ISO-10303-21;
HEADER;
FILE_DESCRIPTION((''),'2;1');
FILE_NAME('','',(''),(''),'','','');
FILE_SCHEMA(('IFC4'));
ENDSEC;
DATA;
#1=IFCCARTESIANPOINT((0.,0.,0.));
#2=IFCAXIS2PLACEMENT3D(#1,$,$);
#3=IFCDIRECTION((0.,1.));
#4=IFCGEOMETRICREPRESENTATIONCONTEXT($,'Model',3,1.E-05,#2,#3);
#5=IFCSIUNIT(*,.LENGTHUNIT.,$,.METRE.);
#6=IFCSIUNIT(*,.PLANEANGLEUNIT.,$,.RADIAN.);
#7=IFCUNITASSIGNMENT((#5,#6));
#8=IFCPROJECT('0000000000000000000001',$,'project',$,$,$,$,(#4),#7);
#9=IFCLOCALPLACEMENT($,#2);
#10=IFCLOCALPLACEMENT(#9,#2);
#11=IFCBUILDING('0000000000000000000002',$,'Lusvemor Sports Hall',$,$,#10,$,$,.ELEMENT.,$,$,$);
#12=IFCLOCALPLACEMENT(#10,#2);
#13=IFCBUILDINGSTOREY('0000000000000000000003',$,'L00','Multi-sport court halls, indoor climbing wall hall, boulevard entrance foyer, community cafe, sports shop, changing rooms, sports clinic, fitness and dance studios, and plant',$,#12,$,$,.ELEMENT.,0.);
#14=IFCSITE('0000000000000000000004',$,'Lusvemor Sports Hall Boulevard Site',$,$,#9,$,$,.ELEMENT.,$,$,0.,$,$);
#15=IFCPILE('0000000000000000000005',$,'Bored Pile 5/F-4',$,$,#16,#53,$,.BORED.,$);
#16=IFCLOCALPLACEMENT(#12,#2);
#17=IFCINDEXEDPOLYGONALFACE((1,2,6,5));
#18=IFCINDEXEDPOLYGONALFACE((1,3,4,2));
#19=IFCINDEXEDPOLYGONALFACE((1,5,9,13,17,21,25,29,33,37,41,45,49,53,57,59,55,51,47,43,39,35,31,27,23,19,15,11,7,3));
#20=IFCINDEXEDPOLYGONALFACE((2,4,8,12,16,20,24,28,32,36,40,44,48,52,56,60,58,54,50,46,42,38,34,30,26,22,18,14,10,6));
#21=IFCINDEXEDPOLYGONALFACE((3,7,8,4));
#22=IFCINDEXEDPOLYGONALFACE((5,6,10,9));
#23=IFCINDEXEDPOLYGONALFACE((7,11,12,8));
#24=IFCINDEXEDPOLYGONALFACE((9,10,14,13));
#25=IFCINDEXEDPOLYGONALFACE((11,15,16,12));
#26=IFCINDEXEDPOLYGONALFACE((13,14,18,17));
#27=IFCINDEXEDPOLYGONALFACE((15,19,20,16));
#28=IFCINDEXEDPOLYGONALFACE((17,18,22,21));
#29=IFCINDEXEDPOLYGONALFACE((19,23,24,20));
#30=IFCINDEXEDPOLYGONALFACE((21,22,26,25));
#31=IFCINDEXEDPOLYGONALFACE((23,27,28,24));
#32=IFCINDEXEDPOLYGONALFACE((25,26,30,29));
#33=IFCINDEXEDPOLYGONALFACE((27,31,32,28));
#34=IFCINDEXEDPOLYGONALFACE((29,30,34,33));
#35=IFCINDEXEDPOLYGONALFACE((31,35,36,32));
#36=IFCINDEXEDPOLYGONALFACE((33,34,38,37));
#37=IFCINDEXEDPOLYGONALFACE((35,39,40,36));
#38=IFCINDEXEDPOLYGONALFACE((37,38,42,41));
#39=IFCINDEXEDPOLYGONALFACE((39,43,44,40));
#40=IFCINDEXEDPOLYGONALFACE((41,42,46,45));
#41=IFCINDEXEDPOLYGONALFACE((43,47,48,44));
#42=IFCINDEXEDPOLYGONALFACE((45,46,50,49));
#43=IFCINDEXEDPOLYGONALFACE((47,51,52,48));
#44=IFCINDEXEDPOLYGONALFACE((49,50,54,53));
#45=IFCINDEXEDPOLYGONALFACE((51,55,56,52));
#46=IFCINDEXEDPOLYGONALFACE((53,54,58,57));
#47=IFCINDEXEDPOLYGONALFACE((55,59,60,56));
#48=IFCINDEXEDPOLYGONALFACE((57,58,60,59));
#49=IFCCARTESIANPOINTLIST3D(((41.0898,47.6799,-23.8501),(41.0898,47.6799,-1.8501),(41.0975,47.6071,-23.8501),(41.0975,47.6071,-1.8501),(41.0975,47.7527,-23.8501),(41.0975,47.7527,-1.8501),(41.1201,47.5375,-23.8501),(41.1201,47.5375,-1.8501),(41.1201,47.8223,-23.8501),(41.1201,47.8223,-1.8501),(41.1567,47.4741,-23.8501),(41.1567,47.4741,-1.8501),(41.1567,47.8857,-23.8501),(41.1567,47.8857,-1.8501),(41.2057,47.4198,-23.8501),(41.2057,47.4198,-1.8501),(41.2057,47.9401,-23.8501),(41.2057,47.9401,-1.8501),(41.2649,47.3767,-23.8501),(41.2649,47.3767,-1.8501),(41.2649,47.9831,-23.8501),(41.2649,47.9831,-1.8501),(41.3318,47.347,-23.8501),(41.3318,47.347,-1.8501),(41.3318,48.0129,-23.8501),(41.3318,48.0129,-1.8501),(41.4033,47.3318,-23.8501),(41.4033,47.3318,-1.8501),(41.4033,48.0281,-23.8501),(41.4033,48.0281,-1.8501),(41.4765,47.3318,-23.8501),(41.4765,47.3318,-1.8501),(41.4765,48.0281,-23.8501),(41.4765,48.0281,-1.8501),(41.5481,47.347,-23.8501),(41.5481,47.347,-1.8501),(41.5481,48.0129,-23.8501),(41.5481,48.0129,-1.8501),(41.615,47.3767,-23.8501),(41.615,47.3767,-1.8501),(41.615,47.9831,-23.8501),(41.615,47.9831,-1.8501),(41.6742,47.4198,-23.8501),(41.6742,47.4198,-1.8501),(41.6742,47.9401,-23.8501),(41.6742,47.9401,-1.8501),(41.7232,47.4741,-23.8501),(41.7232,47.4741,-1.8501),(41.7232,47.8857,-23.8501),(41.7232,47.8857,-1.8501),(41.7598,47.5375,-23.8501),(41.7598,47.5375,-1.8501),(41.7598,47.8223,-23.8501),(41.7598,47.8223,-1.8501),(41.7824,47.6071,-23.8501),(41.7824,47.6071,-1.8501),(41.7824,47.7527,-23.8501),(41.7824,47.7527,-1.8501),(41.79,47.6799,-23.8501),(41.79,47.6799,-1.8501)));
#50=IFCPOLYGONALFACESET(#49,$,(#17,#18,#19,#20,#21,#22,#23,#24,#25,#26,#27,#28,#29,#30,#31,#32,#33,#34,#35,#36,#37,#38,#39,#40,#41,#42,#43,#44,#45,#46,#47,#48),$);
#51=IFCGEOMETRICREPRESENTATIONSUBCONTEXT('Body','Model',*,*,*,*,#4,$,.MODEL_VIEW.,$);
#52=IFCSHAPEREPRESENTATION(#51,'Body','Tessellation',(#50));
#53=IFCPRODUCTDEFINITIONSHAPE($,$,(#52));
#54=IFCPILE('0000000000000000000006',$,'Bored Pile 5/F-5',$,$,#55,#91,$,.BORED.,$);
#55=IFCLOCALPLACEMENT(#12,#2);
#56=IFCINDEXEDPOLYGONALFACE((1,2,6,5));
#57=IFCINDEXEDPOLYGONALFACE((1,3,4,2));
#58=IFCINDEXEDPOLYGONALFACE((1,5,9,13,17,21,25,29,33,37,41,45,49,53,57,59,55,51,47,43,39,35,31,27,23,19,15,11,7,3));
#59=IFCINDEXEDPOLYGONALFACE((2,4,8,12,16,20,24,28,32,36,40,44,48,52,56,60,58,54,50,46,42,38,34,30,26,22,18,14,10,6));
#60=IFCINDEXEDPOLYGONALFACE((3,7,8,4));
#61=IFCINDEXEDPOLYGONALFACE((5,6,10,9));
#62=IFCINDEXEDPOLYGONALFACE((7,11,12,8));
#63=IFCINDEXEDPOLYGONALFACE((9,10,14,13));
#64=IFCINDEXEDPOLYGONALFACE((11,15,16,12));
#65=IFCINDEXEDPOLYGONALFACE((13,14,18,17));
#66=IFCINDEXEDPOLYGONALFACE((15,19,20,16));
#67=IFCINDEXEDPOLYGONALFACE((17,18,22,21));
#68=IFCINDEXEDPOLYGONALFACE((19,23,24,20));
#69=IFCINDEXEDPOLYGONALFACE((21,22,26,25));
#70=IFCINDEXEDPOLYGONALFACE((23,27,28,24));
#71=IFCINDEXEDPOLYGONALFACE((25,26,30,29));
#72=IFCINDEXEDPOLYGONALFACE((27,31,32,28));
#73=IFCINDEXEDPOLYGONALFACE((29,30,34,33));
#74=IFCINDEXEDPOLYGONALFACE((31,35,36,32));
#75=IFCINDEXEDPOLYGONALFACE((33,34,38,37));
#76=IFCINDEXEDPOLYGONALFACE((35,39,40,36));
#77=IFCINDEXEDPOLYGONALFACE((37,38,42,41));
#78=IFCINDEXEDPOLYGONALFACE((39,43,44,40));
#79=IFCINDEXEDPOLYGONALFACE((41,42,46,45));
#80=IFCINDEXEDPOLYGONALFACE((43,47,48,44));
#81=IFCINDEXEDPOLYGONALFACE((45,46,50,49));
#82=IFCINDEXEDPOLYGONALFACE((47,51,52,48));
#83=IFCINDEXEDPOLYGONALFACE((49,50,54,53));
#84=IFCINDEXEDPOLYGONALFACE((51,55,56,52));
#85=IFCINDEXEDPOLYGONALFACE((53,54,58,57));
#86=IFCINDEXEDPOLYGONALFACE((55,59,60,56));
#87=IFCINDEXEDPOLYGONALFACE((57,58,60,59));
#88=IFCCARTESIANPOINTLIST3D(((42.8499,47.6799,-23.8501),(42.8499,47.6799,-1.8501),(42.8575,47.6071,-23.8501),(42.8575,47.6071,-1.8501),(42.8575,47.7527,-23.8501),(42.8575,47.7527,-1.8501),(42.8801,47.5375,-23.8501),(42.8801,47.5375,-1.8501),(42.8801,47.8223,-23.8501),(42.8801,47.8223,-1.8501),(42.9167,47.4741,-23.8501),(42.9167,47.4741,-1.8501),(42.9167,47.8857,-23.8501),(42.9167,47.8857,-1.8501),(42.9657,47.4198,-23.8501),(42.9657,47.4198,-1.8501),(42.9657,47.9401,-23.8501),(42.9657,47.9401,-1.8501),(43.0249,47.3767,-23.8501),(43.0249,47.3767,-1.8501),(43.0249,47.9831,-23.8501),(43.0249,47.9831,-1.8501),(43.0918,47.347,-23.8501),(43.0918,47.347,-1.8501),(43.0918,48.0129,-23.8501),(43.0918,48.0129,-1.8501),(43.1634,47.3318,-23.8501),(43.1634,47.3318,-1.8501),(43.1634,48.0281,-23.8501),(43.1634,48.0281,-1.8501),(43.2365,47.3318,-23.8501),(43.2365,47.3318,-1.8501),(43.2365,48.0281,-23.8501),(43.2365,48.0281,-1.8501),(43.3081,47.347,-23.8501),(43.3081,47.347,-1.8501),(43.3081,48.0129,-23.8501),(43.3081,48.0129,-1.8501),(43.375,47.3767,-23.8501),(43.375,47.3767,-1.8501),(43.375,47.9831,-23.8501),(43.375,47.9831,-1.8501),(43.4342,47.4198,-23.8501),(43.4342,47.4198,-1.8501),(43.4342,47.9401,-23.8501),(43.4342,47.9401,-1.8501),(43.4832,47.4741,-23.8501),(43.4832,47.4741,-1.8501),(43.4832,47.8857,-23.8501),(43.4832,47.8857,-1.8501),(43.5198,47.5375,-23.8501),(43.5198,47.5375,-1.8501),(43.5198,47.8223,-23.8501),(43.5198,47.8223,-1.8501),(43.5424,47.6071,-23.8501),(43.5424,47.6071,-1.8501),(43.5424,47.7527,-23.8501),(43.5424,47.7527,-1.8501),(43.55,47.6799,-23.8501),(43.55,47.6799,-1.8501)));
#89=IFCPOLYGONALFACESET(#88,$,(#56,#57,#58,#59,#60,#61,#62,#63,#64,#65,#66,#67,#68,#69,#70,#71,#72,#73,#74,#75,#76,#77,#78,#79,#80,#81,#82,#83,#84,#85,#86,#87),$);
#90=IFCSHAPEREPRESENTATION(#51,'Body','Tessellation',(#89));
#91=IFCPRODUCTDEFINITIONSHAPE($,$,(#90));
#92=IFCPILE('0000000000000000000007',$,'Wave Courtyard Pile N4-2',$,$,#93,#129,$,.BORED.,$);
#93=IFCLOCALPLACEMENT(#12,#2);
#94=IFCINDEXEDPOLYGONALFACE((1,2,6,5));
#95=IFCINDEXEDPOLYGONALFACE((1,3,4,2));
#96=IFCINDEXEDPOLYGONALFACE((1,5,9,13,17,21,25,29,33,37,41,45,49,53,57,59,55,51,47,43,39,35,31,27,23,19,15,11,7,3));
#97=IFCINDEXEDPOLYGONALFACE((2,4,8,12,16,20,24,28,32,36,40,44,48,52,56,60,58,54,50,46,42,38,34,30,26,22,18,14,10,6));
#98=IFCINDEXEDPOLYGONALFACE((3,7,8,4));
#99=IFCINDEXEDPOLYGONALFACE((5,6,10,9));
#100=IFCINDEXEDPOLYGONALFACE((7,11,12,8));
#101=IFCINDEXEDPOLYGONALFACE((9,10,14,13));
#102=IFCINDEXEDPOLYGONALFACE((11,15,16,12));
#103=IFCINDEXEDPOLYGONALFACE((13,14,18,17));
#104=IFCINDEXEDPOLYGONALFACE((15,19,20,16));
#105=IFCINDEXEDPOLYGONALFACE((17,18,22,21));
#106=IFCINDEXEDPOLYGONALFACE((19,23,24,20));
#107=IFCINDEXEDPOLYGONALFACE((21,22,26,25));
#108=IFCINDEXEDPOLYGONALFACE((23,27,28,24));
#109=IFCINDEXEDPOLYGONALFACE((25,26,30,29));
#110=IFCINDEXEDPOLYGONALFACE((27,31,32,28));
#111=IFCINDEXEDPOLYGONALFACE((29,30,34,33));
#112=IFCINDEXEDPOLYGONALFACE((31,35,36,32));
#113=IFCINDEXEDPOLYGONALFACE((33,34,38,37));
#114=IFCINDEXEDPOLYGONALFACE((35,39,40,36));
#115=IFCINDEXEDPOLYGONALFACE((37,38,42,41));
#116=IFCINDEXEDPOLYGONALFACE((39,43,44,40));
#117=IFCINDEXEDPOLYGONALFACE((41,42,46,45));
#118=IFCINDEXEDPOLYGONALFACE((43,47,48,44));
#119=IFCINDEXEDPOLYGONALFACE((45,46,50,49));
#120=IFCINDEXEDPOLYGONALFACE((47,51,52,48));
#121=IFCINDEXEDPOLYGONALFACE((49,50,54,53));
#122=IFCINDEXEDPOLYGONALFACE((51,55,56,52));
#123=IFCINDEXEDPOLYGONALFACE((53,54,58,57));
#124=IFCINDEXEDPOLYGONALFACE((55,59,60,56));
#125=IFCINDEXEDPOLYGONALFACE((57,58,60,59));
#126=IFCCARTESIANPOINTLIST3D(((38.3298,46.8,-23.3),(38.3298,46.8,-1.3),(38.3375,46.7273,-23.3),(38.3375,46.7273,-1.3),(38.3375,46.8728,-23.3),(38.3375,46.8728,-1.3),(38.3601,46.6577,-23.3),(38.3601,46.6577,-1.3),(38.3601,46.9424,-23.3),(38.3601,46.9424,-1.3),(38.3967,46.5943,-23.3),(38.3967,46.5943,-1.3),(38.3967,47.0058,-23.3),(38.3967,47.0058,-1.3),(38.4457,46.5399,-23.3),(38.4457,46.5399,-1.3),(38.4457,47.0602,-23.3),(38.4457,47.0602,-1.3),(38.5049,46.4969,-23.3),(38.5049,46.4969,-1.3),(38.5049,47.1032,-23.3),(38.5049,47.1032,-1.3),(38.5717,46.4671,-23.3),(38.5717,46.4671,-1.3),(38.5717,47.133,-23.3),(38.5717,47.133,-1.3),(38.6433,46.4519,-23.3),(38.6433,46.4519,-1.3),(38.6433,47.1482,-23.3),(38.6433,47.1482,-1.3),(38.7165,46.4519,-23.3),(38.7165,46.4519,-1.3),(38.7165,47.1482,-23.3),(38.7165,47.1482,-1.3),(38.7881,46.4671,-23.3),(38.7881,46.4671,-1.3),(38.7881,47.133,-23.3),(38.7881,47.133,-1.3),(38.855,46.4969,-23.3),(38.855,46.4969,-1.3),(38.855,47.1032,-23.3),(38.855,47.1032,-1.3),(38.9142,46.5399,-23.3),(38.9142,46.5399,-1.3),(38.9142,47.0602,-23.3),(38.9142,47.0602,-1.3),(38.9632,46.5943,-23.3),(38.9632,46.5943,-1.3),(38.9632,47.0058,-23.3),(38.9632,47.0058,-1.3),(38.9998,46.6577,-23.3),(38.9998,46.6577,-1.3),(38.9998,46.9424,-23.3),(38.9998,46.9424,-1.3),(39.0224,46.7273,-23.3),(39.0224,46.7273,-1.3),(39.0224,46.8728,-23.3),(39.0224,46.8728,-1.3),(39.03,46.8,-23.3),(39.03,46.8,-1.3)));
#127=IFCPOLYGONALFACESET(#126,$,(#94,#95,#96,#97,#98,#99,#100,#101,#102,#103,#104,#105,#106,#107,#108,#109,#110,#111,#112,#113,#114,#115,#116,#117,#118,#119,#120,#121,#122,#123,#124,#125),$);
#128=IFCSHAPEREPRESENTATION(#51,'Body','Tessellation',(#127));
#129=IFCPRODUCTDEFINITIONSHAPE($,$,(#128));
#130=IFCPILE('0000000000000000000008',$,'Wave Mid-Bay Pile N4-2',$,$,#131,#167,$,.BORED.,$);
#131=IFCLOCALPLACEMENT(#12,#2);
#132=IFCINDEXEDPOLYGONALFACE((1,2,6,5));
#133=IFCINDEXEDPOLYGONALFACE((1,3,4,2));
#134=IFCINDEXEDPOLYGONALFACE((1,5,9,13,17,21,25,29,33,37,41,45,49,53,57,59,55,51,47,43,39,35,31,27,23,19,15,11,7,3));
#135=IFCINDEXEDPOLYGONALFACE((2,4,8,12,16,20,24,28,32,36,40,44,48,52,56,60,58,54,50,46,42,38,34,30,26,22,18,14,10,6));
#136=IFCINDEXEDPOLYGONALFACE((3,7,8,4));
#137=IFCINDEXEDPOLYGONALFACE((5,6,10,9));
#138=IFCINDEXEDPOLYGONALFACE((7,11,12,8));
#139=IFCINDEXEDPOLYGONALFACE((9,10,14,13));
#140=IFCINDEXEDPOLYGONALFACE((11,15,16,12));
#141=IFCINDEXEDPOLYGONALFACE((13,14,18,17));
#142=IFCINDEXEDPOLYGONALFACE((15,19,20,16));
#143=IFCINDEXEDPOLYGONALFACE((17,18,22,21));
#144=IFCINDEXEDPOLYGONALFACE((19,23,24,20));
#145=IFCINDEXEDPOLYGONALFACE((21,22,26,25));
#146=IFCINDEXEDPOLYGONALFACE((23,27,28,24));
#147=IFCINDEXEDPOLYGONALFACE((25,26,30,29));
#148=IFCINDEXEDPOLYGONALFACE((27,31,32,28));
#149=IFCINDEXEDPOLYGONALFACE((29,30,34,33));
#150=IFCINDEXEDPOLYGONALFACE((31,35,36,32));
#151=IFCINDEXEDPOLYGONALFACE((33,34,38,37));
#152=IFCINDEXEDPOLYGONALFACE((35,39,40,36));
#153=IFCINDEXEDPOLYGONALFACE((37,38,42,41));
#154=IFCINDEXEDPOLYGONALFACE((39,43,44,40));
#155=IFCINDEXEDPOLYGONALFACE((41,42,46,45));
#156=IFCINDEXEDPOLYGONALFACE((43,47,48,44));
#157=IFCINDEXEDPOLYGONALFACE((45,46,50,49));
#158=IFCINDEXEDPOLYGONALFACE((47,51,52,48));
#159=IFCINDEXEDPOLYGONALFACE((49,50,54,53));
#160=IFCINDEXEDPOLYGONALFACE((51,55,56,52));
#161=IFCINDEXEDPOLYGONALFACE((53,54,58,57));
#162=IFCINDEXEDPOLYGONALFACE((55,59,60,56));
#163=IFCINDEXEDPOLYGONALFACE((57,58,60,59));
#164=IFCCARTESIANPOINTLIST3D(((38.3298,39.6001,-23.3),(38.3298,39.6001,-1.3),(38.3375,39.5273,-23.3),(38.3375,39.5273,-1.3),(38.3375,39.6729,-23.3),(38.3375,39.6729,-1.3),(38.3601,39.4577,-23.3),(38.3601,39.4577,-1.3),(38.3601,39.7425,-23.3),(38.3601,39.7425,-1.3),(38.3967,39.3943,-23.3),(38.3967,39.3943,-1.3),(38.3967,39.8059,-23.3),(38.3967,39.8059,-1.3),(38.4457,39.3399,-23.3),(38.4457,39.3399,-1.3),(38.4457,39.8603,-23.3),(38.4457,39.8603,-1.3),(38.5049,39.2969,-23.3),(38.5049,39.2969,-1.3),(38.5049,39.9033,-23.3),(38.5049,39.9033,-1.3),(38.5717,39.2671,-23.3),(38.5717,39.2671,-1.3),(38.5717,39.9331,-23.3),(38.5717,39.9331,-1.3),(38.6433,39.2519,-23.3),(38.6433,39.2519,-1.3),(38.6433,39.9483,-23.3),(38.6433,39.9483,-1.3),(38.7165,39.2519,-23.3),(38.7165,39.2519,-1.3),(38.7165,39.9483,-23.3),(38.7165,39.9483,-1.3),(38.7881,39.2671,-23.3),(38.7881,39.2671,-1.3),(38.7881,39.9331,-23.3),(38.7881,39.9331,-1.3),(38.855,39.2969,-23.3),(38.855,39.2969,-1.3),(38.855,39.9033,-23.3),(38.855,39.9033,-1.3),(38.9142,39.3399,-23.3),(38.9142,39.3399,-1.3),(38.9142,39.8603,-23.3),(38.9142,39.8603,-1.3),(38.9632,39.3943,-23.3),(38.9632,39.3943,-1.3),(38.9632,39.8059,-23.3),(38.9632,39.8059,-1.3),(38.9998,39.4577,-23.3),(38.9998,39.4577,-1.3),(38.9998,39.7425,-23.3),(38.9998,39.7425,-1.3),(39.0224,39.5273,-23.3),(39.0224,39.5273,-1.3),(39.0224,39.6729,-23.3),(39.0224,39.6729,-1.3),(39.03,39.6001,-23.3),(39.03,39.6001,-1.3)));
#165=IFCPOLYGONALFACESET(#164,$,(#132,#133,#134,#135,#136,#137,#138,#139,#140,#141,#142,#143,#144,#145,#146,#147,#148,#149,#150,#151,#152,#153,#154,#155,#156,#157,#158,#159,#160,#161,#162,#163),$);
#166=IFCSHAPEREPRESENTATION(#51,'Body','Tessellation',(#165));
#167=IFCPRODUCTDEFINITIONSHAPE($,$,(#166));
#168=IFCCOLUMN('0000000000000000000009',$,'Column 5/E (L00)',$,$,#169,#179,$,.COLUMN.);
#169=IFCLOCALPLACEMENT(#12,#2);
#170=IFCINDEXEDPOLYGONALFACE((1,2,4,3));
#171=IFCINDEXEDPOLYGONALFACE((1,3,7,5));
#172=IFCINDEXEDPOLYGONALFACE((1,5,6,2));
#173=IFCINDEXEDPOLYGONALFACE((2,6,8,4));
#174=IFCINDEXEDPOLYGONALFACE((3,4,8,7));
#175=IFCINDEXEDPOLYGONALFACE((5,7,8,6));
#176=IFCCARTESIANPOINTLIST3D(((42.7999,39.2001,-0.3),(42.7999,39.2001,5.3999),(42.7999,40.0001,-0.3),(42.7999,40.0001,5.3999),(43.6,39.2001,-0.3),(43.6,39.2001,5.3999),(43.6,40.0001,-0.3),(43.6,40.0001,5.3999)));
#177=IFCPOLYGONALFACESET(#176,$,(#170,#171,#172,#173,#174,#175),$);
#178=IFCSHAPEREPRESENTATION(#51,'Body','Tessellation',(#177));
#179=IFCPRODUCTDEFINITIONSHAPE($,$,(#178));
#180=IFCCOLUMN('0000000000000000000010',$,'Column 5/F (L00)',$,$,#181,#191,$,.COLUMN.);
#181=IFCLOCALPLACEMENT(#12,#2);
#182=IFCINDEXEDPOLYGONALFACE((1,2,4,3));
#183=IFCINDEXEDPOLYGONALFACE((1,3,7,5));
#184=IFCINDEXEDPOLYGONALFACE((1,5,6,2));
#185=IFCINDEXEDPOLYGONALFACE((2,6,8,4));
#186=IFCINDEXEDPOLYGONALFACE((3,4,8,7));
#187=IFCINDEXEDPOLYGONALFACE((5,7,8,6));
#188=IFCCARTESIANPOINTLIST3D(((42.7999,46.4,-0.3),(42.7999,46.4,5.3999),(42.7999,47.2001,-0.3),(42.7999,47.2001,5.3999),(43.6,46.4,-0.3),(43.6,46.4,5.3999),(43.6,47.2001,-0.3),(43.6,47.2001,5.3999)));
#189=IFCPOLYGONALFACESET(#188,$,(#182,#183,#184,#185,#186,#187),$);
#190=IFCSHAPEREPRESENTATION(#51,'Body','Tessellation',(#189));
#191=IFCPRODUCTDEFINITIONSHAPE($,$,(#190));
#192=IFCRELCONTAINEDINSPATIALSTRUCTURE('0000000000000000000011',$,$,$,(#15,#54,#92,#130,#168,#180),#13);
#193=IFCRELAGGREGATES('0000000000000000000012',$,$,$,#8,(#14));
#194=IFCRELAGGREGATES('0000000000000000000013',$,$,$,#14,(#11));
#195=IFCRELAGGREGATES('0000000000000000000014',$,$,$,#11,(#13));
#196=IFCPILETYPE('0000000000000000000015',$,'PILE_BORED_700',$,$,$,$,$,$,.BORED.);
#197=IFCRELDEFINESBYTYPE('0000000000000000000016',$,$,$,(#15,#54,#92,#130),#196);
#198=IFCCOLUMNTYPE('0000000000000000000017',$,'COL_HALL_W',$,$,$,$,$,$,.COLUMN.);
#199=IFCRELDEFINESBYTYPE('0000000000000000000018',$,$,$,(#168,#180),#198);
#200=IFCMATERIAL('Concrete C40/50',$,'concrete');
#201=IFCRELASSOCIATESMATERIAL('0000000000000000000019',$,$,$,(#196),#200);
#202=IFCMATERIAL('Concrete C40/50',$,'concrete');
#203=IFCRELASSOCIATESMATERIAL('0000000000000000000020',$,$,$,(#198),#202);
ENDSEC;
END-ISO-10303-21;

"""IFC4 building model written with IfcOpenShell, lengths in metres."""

from ifc_helpers import new_model, si_unit, direction, frame, origin, origin_2d, place, context, subcontext, project, spatial, rectangle, circle, extrude, material, material_profile, profile_set, type_object, element, save


model = new_model("IFC4")

# Units and contexts
model_context = context("Model", 3, precision=1e-05, world=origin(), true_north=direction((0.0, 1.0)))
body_context = subcontext(model_context, "Body", "Model", "MODEL_VIEW")
ifc_project = project(units=[si_unit("LENGTHUNIT", "METRE"), si_unit("PLANEANGLEUNIT", "RADIAN")], contexts=[model_context])

# Site, building, storey
site_placement = place(None, origin())
site = spatial("IfcSite", under=ifc_project, at=site_placement, Name="Lusvemor Sports Hall Boulevard Site", CompositionType="ELEMENT", RefElevation=0.0)
building_placement = place(site_placement, origin())
building = spatial("IfcBuilding", under=site, at=building_placement, Name="Lusvemor Sports Hall", CompositionType="ELEMENT")
storey_placement = place(building_placement, origin())
storey = spatial("IfcBuildingStorey", under=building, at=storey_placement, Name="L00", Description="Multi-sport court halls, indoor climbing wall hall, boulevard entrance foyer, community cafe, sports shop, changing rooms, sports clinic, fitness and dance studios, and plant", CompositionType="ELEMENT", Elevation=0.0)

# Piles
ifc_material_1 = material(Name="Concrete C40/50", Category="concrete")
ifc_material_profile_1 = material_profile(ifc_material_1, circle(Radius=0.3501, at=origin_2d()), Name="PILE700")
ifc_profile_set_1 = profile_set([ifc_material_profile_1], Name="Concrete C40/50")
pile_type = type_object("IfcPileType", Name="PILE_BORED_700", PredefinedType="BORED", material=ifc_profile_set_1)
for number, where, z_axis, x_axis, name in (
    (1, (41.4399, 47.6799, -1.8501), (0.0, 0.0, -1.0), (1.0, 0.0, 0.0), "Bored Pile 5/F-4"),
    (2, (43.2, 47.6799, -1.8501), (0.0, 0.0, -1.0), (1.0, 0.0, 0.0), "Bored Pile 5/F-5"),
    (3, (38.6799, 46.8, -1.3), (0.0, 0.0, -1.0), (1.0, 0.0, 0.0), "Wave Courtyard Pile N4-2"),
    (4, (38.6799, 39.6001, -1.3), (0.0, 0.0, -1.0), (1.0, 0.0, 0.0), "Wave Mid-Bay Pile N4-2"),
):
    element("IfcPile", number, at=place(storey_placement, frame(where, z_axis=z_axis, x_axis=x_axis)), inside=storey, type_object=pile_type, Name=name, PredefinedType="BORED", context=body_context, shape_type="SweptSolid", body=[
        extrude(circle(Radius=0.3501, at=origin_2d()), origin(), (0.0, 0.0, 1.0), 22.0),
    ])

# Columns
ifc_material_2 = material(Name="Concrete C40/50", Category="concrete")
ifc_material_profile_2 = material_profile(ifc_material_2, rectangle(XDim=0.8, YDim=0.8, at=origin_2d()), Name="RC800x800")
ifc_profile_set_2 = profile_set([ifc_material_profile_2], Name="Concrete C40/50")
column_type = type_object("IfcColumnType", Name="COL_HALL_W", PredefinedType="COLUMN", material=ifc_profile_set_2)
for number, where, z_axis, x_axis, name in (
    (5, (43.2, 39.6001, -0.3), (0.0, 0.0, 1.0), (1.0, 0.0, 0.0), "Column 5/E (L00)"),
    (6, (43.2, 46.8, -0.3), (0.0, 0.0, 1.0), (1.0, 0.0, 0.0), "Column 5/F (L00)"),
):
    element("IfcColumn", number, at=place(storey_placement, frame(where, z_axis=z_axis, x_axis=x_axis)), inside=storey, type_object=column_type, Name=name, PredefinedType="COLUMN", context=body_context, shape_type="SweptSolid", body=[
        extrude(rectangle(XDim=0.8, YDim=0.8, at=origin_2d()), origin(), (0.0, 0.0, 1.0), 5.7),
    ])

save(model, "model.ifc")
